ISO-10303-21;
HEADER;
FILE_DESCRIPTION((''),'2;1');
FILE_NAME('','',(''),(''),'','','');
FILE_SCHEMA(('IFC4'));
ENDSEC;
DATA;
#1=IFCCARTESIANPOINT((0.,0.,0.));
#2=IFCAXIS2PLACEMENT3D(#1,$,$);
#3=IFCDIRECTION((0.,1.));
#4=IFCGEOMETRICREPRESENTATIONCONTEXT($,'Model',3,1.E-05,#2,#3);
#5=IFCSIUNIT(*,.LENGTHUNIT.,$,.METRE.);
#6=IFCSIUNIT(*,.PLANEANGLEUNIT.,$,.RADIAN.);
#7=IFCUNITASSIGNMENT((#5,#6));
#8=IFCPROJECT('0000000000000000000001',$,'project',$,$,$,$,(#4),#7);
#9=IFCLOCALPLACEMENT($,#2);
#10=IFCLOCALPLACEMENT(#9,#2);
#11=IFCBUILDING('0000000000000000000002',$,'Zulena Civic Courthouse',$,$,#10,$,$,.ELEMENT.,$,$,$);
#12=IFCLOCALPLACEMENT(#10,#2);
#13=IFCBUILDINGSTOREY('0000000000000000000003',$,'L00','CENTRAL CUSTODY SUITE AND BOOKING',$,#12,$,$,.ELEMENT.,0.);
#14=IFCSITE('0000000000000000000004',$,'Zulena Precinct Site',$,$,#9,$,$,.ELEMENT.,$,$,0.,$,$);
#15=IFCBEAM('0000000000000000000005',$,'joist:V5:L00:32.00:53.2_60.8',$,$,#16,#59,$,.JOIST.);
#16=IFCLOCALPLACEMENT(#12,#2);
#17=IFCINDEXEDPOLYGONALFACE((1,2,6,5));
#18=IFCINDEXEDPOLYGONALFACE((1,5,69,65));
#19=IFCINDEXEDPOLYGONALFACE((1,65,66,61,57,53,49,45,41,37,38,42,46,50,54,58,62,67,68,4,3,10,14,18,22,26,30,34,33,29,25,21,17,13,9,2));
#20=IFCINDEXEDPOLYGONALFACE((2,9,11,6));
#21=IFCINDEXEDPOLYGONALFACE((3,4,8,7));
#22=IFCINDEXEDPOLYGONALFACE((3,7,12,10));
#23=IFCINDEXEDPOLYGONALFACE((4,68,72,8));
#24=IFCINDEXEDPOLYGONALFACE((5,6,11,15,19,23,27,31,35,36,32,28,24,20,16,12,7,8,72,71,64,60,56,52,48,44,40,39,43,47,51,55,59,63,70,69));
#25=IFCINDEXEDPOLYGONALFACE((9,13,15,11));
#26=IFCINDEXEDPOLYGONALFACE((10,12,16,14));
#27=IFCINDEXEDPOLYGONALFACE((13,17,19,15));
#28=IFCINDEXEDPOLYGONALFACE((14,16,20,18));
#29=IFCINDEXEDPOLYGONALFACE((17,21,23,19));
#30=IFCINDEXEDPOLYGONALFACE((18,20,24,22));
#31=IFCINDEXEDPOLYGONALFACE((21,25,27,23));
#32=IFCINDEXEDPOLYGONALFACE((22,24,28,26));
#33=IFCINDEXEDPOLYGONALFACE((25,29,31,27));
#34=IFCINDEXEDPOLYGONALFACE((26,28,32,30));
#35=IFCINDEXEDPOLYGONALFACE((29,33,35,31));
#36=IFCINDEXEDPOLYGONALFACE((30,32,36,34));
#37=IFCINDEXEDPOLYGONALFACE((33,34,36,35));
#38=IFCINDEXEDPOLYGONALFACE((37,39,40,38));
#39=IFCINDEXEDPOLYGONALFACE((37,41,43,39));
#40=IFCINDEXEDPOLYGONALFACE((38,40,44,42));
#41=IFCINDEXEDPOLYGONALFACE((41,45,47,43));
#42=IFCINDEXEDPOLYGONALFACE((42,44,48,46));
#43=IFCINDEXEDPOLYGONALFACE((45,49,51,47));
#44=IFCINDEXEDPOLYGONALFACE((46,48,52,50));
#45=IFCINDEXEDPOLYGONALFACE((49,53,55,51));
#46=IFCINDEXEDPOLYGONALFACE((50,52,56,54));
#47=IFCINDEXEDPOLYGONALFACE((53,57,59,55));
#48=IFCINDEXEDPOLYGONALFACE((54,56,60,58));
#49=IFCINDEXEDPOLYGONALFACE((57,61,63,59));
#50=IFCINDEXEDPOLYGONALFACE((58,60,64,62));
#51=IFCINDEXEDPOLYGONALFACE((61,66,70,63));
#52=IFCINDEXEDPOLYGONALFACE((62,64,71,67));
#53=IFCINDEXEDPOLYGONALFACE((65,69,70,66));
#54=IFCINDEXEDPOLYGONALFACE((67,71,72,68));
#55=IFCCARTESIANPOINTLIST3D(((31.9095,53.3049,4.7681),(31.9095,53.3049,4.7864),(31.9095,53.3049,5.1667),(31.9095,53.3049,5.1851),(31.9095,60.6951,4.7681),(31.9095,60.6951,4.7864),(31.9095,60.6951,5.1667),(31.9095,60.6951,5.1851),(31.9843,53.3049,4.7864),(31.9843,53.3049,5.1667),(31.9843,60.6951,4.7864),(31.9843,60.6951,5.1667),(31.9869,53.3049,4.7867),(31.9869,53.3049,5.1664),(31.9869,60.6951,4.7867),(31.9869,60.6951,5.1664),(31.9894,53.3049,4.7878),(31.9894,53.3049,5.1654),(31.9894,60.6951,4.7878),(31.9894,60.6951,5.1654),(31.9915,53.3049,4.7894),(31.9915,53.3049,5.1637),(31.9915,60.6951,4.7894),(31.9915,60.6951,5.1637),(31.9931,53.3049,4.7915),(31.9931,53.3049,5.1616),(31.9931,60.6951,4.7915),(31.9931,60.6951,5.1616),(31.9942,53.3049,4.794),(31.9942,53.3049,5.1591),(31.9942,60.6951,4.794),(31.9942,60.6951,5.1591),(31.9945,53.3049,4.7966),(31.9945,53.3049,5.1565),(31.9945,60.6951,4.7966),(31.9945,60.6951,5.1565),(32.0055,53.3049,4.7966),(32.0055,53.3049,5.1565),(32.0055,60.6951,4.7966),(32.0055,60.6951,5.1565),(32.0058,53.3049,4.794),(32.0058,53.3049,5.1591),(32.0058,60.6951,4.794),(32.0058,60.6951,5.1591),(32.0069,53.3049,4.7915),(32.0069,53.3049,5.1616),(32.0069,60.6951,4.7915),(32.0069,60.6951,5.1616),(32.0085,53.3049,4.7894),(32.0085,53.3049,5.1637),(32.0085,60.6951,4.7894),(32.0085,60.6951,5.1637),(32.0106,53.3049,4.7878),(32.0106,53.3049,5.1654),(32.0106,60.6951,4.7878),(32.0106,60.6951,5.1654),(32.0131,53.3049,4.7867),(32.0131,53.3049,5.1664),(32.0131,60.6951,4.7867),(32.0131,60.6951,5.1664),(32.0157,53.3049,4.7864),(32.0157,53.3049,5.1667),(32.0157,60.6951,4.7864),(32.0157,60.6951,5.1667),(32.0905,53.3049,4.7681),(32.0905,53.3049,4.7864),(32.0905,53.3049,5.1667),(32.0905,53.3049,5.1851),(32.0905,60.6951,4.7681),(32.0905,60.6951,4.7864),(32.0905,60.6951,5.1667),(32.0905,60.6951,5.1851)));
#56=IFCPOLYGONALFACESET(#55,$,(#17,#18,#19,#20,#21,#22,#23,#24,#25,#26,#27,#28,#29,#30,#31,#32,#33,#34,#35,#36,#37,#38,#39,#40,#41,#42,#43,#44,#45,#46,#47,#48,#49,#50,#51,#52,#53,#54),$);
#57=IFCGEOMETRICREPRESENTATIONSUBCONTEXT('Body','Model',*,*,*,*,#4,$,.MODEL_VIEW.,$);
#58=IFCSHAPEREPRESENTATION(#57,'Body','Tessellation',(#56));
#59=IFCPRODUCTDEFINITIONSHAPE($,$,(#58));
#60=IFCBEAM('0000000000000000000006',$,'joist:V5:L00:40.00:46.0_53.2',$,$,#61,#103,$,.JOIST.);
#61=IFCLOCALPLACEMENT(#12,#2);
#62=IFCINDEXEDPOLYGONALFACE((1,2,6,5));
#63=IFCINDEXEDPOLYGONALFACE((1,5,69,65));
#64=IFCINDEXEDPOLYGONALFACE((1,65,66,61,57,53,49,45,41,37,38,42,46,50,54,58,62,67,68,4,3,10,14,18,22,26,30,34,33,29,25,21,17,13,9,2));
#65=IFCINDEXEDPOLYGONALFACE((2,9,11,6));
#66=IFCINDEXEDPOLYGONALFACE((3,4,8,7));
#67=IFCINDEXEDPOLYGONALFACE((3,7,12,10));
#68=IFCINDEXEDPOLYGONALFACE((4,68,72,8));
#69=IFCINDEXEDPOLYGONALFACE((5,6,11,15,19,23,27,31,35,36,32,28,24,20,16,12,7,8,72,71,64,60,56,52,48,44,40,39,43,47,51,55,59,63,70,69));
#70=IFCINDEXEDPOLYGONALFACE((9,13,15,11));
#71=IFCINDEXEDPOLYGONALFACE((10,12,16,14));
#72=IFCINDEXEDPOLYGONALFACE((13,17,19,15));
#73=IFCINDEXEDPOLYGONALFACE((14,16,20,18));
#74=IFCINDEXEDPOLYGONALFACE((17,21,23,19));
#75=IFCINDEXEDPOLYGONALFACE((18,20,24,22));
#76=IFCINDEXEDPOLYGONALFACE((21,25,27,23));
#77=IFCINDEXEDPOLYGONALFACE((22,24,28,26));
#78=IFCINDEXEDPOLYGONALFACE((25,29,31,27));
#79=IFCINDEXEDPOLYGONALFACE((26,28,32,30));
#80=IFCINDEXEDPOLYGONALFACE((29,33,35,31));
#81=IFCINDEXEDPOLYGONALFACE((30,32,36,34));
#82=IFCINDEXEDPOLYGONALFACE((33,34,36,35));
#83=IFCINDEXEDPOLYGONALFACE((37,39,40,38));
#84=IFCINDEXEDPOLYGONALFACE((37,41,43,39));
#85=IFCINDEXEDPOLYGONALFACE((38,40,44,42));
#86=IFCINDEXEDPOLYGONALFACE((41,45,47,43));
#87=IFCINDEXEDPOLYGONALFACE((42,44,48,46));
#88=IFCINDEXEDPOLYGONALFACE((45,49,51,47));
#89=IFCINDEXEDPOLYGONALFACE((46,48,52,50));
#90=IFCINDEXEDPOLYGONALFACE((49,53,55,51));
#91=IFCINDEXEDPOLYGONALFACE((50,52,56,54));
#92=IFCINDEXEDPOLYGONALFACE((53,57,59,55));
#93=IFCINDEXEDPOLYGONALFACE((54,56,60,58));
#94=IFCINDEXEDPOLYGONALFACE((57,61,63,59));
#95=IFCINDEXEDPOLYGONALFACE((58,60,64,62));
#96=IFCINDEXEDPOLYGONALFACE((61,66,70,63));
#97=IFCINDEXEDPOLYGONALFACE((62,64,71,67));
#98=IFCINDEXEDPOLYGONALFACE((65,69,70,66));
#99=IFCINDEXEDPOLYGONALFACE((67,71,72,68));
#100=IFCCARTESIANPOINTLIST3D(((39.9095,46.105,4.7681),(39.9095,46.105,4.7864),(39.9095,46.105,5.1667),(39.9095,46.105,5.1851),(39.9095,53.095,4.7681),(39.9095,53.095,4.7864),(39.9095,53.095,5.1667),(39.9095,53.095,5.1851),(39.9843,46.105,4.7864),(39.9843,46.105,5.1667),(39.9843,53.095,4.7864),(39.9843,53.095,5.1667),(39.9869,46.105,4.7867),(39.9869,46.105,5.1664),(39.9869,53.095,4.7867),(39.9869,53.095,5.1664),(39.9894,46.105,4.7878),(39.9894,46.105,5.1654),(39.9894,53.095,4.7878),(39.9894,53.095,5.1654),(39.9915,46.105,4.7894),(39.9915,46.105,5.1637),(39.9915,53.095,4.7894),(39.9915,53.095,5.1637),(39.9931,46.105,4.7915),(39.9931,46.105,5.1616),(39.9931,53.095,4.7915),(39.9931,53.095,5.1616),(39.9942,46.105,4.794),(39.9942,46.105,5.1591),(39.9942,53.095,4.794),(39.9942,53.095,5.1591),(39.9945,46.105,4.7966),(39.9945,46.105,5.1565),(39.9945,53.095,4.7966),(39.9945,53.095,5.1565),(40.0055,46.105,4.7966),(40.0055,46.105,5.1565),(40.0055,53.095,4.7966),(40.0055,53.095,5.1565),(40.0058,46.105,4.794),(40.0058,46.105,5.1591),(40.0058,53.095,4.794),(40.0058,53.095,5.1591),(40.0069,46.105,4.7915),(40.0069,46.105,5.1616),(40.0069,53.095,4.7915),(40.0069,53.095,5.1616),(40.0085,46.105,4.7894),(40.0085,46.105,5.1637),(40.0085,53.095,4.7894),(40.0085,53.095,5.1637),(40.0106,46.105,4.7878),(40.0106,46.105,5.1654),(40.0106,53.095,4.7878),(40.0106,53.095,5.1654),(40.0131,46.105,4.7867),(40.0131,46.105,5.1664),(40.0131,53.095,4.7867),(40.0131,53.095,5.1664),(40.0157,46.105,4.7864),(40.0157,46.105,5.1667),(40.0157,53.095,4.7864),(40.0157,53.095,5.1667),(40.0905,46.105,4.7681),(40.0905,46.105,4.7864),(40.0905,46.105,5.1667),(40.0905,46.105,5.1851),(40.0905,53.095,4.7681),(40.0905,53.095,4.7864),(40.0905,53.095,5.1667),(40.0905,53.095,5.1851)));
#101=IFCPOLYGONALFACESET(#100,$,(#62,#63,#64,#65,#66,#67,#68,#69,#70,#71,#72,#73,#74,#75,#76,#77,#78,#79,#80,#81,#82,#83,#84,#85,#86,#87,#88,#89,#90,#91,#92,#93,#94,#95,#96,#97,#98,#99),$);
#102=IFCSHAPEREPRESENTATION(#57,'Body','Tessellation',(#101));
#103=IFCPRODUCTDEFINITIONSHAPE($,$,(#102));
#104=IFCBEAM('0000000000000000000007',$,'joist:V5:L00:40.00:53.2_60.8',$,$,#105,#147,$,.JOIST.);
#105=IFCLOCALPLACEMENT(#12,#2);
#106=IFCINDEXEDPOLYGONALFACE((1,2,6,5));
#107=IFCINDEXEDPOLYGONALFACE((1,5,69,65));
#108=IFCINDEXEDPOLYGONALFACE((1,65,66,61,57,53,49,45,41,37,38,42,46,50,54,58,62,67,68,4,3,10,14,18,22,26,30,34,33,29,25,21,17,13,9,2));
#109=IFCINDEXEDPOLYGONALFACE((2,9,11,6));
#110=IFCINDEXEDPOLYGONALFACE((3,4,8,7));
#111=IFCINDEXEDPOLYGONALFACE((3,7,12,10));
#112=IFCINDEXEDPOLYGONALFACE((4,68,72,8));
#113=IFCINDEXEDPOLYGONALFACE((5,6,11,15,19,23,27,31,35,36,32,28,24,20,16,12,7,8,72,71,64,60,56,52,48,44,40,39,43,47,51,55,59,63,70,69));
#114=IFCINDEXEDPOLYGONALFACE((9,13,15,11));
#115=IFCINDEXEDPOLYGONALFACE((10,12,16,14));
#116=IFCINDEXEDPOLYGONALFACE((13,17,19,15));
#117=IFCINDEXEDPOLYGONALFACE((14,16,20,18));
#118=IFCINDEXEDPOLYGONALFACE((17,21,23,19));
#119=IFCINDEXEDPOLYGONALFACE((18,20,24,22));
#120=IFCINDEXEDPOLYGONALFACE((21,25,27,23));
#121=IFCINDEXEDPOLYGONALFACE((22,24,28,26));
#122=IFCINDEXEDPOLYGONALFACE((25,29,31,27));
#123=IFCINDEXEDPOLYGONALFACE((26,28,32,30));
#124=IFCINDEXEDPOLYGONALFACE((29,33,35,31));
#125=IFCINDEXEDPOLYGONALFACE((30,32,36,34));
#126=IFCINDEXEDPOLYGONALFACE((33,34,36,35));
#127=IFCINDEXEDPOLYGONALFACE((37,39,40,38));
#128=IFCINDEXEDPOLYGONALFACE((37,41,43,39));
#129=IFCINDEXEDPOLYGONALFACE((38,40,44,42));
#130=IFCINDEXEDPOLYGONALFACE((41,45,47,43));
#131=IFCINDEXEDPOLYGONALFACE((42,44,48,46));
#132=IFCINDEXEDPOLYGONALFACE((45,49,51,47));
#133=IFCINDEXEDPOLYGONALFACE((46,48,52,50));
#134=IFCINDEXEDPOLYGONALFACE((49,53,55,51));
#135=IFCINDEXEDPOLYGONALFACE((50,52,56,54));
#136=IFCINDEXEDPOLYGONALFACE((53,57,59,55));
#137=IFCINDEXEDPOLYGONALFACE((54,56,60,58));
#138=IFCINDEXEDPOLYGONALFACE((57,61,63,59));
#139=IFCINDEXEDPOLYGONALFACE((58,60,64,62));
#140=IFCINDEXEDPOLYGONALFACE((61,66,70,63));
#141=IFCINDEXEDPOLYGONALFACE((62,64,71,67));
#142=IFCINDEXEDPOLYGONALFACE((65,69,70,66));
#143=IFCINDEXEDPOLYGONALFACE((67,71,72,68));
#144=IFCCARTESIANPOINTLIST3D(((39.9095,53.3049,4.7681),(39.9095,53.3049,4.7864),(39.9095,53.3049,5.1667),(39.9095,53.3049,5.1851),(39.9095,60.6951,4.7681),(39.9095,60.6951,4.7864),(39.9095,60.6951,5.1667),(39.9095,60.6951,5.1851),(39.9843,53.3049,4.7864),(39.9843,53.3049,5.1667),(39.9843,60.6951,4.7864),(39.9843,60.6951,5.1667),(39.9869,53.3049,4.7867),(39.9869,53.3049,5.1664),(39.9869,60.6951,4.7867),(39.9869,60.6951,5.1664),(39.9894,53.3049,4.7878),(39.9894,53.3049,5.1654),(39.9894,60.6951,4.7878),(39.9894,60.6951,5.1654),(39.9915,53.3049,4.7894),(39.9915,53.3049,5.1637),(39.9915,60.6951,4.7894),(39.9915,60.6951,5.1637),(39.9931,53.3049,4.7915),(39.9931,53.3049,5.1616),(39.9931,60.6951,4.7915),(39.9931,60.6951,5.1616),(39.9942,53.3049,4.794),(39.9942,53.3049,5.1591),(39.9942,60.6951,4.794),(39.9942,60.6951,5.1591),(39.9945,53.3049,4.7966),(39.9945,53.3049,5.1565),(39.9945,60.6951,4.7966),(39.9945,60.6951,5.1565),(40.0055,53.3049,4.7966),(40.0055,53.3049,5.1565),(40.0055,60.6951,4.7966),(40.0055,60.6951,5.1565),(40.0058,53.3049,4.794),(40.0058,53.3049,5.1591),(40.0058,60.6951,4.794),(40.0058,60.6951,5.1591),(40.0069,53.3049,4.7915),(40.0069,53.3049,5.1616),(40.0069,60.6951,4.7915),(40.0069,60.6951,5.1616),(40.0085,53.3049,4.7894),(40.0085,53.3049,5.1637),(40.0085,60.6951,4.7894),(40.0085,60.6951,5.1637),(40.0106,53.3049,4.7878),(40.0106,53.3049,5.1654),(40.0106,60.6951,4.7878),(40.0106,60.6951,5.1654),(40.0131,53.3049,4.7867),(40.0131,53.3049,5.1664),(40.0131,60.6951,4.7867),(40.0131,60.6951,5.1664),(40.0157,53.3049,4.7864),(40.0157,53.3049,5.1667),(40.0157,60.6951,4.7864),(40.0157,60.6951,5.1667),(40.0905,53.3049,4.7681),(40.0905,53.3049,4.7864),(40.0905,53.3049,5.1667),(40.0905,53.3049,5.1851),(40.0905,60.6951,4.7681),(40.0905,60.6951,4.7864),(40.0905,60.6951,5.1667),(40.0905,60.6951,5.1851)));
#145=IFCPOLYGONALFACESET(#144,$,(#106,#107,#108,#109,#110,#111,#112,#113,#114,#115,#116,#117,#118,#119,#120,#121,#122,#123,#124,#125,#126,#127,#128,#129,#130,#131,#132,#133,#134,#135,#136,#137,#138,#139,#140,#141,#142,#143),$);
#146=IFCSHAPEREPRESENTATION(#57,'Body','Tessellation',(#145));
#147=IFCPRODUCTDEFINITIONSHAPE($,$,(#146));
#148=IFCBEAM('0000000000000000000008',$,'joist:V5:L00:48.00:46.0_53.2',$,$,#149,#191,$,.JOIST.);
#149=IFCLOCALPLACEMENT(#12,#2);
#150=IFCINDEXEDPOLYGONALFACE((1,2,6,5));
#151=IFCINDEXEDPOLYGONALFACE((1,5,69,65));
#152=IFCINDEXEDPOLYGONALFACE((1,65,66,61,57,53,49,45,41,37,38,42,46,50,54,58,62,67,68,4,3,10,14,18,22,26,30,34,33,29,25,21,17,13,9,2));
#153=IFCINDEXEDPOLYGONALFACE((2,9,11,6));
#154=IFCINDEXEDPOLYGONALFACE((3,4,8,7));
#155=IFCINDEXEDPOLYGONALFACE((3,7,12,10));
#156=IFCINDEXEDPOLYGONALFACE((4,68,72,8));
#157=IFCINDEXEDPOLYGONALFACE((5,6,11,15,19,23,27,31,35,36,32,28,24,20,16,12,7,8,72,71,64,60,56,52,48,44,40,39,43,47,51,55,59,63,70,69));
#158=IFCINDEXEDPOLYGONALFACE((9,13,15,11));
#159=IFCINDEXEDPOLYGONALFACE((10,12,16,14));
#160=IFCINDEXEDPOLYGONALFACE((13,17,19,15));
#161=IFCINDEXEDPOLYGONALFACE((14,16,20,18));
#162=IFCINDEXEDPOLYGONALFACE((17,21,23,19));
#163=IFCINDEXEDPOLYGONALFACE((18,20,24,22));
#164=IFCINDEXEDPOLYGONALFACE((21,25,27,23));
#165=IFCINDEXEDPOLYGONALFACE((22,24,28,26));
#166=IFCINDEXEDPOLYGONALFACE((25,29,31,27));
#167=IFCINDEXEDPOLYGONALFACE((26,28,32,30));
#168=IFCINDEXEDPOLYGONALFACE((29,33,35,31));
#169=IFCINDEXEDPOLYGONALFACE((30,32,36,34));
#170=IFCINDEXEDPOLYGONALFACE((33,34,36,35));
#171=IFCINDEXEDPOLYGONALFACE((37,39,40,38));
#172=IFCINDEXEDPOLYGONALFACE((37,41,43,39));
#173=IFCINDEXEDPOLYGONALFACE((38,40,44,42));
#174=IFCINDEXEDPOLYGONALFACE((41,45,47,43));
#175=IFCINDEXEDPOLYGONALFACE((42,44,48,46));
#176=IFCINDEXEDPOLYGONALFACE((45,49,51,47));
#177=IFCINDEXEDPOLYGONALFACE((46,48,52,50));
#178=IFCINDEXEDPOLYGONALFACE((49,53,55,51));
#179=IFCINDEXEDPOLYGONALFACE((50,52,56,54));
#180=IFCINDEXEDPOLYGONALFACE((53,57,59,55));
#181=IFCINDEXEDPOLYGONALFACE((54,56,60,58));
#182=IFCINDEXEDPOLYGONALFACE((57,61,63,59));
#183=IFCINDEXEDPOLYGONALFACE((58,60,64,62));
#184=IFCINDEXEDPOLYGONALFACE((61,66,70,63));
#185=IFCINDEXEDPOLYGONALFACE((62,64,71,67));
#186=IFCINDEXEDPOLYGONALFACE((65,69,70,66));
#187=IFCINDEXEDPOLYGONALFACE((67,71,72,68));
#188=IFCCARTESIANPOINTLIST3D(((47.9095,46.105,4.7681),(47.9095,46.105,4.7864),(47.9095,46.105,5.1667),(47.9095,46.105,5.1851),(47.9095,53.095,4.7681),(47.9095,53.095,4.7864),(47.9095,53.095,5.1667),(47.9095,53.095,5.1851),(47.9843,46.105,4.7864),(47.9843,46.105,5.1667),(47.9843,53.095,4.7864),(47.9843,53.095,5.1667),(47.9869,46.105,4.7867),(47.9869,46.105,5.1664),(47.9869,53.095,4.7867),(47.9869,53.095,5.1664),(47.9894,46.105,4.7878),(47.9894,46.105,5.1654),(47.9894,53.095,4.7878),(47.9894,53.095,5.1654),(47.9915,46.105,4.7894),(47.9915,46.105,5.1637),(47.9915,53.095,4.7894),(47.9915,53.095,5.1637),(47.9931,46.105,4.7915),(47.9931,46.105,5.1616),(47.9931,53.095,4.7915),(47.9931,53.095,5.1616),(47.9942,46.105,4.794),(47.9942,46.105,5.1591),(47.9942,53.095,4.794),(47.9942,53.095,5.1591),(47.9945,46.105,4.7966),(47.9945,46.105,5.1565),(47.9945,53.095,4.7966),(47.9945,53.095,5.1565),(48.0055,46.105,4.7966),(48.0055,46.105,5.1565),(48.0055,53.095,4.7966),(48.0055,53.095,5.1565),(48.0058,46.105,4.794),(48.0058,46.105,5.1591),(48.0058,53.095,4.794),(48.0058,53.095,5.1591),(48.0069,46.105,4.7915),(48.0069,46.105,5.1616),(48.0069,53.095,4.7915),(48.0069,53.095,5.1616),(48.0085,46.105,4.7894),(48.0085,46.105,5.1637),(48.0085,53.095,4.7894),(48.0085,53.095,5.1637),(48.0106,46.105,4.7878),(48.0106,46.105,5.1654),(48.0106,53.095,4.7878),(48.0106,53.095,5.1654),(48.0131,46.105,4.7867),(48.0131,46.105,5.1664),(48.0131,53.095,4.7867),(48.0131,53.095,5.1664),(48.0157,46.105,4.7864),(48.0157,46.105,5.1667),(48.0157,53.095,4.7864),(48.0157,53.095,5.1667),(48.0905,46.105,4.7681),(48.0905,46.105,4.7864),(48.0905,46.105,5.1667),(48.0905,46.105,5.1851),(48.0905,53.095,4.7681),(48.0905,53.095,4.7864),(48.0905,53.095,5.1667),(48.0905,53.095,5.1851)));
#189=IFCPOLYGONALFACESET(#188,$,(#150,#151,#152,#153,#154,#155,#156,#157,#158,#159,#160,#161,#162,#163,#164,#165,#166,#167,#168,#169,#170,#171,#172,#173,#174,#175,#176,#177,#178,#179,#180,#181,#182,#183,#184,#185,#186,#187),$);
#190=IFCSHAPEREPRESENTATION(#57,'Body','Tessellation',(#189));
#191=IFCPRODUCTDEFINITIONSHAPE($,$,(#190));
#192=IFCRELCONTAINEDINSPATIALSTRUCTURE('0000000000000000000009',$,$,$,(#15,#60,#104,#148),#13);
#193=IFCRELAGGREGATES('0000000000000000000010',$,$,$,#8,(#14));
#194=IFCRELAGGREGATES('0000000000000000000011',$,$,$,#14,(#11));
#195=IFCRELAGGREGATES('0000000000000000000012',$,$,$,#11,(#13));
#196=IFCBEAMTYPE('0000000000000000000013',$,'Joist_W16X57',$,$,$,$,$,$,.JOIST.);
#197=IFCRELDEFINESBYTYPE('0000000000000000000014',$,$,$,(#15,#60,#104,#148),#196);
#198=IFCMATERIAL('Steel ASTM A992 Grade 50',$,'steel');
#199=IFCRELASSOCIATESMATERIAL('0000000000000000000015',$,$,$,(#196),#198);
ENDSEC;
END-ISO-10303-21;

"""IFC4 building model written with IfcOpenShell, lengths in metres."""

from ifc_helpers import new_model, si_unit, direction, frame, origin, origin_2d, place, context, subcontext, project, spatial, i_section, extrude, material, material_profile, profile_set, type_object, element, save


model = new_model("IFC4")

# Units and contexts
model_context = context("Model", 3, precision=1e-05, world=origin(), true_north=direction((0.0, 1.0)))
body_context = subcontext(model_context, "Body", "Model", "MODEL_VIEW")
ifc_project = project(units=[si_unit("LENGTHUNIT", "METRE"), si_unit("PLANEANGLEUNIT", "RADIAN")], contexts=[model_context])

# Site, building, storey
site_placement = place(None, origin())
site = spatial("IfcSite", under=ifc_project, at=site_placement, Name="Zulena Precinct Site", CompositionType="ELEMENT", RefElevation=0.0)
building_placement = place(site_placement, origin())
building = spatial("IfcBuilding", under=site, at=building_placement, Name="Zulena Civic Courthouse", CompositionType="ELEMENT")
storey_placement = place(building_placement, origin())
storey = spatial("IfcBuildingStorey", under=building, at=storey_placement, Name="L00", Description="CENTRAL CUSTODY SUITE AND BOOKING", CompositionType="ELEMENT", Elevation=0.0)

# Shared definitions
ifc_material_1 = material(Name="Steel ASTM A992 Grade 50", Category="steel")

# Beams
ifc_material_profile_1 = material_profile(ifc_material_1, i_section(OverallWidth=0.1809, OverallDepth=0.417, WebThickness=0.011, FlangeThickness=0.0183, FilletRadius=0.0103, at=origin_2d()), Name="W16X57")
ifc_profile_set_1 = profile_set([ifc_material_profile_1], Name="Steel ASTM A992 Grade 50")
beam_type_1 = type_object("IfcBeamType", Name="Joist_W16X57", PredefinedType="JOIST", material=ifc_profile_set_1)
beam_1_placement = place(storey_placement, frame((32.0, 53.3049, 4.9766), z_axis=(0.0, 1.0, 0.0), x_axis=(-1.0, 0.0, 0.0)))
element("IfcBeam", 1, at=beam_1_placement, inside=storey, type_object=beam_type_1, Name="joist:V5:L00:32.00:53.2_60.8", PredefinedType="JOIST", context=body_context, shape_type="SweptSolid", body=[
    extrude(i_section(OverallWidth=0.1809, OverallDepth=0.417, WebThickness=0.011, FlangeThickness=0.0183, FilletRadius=0.0103, at=origin_2d()), origin(), (0.0, 0.0, 1.0), 7.3901),
])
beam_2_placement = place(storey_placement, frame((40.0, 46.105, 4.9766), z_axis=(0.0, 1.0, 0.0), x_axis=(-1.0, 0.0, 0.0)))
element("IfcBeam", 2, at=beam_2_placement, inside=storey, type_object=beam_type_1, Name="joist:V5:L00:40.00:46.0_53.2", PredefinedType="JOIST", context=body_context, shape_type="SweptSolid", body=[
    extrude(i_section(OverallWidth=0.1809, OverallDepth=0.417, WebThickness=0.011, FlangeThickness=0.0183, FilletRadius=0.0103, at=origin_2d()), origin(), (0.0, 0.0, 1.0), 6.99),
])
beam_3_placement = place(storey_placement, frame((40.0, 53.3049, 4.9766), z_axis=(0.0, 1.0, 0.0), x_axis=(-1.0, 0.0, 0.0)))
element("IfcBeam", 3, at=beam_3_placement, inside=storey, type_object=beam_type_1, Name="joist:V5:L00:40.00:53.2_60.8", PredefinedType="JOIST", context=body_context, shape_type="SweptSolid", body=[
    extrude(i_section(OverallWidth=0.1809, OverallDepth=0.417, WebThickness=0.011, FlangeThickness=0.0183, FilletRadius=0.0103, at=origin_2d()), origin(), (0.0, 0.0, 1.0), 7.3901),
])
beam_4_placement = place(storey_placement, frame((48.0, 46.105, 4.9766), z_axis=(0.0, 1.0, 0.0), x_axis=(-1.0, 0.0, 0.0)))
element("IfcBeam", 4, at=beam_4_placement, inside=storey, type_object=beam_type_1, Name="joist:V5:L00:48.00:46.0_53.2", PredefinedType="JOIST", context=body_context, shape_type="SweptSolid", body=[
    extrude(i_section(OverallWidth=0.1809, OverallDepth=0.417, WebThickness=0.011, FlangeThickness=0.0183, FilletRadius=0.0103, at=origin_2d()), origin(), (0.0, 0.0, 1.0), 6.99),
])

save(model, "model.ifc")
